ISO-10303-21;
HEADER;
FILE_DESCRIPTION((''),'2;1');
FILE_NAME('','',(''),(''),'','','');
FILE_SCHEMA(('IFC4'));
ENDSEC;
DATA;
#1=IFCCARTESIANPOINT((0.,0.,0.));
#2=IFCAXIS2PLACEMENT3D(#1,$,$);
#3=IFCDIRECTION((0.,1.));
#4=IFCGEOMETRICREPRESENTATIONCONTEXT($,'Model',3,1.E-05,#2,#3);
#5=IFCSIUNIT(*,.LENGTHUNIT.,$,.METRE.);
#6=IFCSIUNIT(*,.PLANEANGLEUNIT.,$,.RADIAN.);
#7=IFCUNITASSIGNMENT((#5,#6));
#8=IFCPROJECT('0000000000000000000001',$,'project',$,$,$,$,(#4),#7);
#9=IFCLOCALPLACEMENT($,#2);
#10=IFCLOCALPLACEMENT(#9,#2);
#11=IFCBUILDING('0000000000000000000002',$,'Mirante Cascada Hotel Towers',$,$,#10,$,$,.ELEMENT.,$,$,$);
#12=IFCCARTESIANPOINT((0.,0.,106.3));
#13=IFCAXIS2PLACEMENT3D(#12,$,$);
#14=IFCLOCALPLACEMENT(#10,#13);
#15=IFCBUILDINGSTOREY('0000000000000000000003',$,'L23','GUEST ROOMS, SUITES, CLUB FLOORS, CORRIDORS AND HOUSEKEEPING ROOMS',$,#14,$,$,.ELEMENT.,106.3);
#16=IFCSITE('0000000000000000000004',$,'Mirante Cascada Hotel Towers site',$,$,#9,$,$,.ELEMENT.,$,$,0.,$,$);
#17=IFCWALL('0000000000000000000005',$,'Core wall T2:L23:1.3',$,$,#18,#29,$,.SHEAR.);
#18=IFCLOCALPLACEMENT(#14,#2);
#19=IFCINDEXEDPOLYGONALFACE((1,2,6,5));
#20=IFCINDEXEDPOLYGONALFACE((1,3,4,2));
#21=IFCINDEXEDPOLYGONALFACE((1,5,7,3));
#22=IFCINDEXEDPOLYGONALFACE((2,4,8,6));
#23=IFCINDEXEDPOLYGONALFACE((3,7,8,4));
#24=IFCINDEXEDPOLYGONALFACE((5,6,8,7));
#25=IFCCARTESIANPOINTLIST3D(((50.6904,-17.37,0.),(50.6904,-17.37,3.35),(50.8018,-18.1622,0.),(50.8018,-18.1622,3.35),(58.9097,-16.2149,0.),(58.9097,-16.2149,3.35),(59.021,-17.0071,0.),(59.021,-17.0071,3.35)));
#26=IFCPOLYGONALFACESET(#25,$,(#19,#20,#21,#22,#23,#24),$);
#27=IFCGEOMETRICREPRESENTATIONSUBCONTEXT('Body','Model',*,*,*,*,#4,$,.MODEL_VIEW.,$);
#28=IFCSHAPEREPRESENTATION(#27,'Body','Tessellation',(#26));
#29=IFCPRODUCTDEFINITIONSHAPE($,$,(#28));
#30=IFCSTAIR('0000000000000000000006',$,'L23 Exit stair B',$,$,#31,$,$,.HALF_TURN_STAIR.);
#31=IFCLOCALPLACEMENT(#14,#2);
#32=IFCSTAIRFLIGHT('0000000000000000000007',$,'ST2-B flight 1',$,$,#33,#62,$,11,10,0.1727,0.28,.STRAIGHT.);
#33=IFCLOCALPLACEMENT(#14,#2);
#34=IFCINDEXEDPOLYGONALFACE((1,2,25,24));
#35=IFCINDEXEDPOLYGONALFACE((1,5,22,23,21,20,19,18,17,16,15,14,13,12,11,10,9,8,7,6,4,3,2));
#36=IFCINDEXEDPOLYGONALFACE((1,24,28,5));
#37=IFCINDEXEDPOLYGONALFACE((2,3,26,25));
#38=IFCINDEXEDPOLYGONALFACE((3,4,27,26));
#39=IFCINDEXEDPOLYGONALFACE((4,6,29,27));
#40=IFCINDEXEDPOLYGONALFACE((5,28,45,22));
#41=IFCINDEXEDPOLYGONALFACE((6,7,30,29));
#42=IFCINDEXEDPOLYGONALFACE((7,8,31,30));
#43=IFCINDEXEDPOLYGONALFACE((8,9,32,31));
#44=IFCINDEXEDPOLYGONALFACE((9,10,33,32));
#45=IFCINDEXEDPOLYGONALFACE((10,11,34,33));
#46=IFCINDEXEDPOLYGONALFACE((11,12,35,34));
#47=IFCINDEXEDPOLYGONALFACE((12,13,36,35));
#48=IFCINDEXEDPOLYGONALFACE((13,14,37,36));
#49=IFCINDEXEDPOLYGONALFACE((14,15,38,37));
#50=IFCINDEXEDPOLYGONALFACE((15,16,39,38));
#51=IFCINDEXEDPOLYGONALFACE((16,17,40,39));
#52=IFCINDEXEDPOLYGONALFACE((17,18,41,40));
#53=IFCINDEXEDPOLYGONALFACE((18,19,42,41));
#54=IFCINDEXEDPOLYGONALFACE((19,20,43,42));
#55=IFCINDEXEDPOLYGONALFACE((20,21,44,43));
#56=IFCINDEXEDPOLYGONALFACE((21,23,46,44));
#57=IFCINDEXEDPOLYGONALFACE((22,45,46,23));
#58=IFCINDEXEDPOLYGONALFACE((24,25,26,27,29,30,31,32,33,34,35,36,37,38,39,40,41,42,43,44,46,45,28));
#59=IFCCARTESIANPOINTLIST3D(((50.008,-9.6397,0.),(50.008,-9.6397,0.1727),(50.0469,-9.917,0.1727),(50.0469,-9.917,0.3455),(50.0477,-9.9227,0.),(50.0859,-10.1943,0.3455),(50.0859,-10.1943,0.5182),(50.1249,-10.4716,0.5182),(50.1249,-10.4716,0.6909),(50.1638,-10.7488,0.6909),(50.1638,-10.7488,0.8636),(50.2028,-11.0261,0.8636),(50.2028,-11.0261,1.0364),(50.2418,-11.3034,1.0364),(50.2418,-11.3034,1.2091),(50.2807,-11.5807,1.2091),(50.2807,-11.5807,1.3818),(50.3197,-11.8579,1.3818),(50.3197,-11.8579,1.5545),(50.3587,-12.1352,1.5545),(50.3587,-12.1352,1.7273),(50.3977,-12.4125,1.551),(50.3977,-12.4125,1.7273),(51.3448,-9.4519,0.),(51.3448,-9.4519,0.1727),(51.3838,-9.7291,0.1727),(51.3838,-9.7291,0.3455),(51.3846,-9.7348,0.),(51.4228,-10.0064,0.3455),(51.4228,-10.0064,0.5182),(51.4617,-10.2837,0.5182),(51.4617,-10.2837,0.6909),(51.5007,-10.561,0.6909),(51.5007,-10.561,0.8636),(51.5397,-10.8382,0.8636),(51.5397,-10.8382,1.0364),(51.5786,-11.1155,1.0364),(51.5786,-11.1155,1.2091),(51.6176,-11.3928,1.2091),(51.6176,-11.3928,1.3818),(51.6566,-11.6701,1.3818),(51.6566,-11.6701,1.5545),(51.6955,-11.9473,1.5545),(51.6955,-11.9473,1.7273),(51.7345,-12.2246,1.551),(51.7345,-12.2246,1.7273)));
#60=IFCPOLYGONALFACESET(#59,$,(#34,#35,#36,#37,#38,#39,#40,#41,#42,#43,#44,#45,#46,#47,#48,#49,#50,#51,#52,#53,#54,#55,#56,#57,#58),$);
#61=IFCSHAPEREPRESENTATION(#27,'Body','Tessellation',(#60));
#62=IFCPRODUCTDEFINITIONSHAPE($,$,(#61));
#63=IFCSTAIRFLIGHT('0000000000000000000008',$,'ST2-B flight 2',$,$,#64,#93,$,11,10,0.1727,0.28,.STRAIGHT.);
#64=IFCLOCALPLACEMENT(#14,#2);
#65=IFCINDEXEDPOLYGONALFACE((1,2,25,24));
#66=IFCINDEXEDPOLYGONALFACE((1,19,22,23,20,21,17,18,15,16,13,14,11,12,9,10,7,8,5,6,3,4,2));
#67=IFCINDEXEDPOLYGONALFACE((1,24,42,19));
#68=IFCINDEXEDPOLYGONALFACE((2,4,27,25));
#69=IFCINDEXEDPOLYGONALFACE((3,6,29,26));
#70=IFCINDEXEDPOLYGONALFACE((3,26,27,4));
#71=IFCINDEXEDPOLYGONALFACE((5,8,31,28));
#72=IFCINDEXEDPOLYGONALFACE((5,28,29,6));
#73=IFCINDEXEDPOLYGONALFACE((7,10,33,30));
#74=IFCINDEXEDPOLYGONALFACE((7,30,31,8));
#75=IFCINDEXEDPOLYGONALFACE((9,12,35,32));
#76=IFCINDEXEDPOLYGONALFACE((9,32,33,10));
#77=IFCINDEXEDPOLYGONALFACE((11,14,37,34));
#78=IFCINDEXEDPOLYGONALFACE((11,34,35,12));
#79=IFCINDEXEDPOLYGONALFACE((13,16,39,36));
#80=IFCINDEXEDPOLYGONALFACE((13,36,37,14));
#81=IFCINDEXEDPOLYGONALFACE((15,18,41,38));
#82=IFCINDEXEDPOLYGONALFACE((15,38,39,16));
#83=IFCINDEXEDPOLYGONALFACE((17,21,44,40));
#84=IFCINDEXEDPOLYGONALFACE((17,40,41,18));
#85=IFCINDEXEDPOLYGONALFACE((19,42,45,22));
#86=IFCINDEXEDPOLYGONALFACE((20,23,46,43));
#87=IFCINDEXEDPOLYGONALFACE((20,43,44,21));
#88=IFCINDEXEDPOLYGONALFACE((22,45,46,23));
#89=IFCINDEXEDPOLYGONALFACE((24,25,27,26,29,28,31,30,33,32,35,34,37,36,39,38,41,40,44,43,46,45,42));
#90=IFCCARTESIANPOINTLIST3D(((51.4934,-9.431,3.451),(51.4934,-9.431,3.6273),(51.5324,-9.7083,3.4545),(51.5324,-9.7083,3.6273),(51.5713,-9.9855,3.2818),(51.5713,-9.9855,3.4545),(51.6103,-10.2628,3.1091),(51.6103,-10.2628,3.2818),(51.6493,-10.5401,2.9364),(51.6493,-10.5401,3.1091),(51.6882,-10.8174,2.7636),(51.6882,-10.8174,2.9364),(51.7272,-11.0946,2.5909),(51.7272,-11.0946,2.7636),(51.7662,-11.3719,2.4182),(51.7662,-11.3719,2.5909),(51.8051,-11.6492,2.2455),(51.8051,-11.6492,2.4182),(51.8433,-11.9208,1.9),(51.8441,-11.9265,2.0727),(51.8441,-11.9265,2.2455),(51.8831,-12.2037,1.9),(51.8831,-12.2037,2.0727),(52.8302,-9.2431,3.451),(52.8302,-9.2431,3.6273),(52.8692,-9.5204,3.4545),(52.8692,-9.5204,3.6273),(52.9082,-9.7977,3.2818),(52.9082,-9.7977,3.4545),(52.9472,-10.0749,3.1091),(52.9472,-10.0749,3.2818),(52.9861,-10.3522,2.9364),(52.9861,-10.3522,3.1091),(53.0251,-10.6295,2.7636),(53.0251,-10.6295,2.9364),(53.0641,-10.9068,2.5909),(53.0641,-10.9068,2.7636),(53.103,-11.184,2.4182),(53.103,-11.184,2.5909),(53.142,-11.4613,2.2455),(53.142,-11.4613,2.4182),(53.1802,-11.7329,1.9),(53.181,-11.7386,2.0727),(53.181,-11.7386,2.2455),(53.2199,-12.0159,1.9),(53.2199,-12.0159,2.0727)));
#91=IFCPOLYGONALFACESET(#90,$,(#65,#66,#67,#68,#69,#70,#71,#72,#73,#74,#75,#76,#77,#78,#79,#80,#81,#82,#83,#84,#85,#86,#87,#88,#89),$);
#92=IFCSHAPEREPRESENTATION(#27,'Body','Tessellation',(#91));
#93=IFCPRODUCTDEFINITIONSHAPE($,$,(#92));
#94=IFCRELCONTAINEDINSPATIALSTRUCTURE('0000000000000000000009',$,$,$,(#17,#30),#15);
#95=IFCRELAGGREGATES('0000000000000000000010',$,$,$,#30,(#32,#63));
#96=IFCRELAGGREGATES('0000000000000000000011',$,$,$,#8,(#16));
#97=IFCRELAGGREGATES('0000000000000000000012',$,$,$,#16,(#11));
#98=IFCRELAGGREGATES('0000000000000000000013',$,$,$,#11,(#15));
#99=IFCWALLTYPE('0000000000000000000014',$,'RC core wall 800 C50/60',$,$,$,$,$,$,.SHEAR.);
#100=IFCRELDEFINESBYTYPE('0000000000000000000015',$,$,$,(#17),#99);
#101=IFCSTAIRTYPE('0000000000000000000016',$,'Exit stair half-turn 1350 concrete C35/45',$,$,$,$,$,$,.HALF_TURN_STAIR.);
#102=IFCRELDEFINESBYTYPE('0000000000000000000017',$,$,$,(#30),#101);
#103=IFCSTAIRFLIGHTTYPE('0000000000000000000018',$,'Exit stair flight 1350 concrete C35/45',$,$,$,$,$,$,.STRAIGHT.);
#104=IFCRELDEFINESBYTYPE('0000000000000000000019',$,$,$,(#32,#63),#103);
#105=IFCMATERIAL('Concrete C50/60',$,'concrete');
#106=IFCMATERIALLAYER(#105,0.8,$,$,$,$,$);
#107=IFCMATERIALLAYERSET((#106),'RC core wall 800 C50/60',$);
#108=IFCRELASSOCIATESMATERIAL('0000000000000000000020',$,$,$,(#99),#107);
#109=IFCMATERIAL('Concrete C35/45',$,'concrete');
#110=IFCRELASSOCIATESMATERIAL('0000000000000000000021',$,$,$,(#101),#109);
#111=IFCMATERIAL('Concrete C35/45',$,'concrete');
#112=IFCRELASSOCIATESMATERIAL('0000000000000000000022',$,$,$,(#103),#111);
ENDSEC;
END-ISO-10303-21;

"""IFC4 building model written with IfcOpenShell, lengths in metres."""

from ifc_helpers import new_model, si_unit, direction, frame, frame_2d, origin, place, context, subcontext, project, spatial, polyline, rectangle, outline, extrude, material, layer, layer_set, type_object, element, aggregate, save


model = new_model("IFC4")

# Units and contexts
model_context = context("Model", 3, precision=1e-05, world=origin(), true_north=direction((0.0, 1.0)))
body_context = subcontext(model_context, "Body", "Model", "MODEL_VIEW")
ifc_project = project(units=[si_unit("LENGTHUNIT", "METRE"), si_unit("PLANEANGLEUNIT", "RADIAN")], contexts=[model_context])

# Site, building, storey
site_placement = place(None, origin())
site = spatial("IfcSite", under=ifc_project, at=site_placement, Name="Mirante Cascada Hotel Towers site", CompositionType="ELEMENT", RefElevation=0.0)
building_placement = place(site_placement, origin())
building = spatial("IfcBuilding", under=site, at=building_placement, Name="Mirante Cascada Hotel Towers", CompositionType="ELEMENT")
storey_placement = place(building_placement, frame((0.0, 0.0, 106.3)))
storey = spatial("IfcBuildingStorey", under=building, at=storey_placement, Name="L23", Description="GUEST ROOMS, SUITES, CLUB FLOORS, CORRIDORS AND HOUSEKEEPING ROOMS", CompositionType="ELEMENT", Elevation=106.3)

# Wall
ifc_material_1 = material(Name="Concrete C50/60", Category="concrete")
ifc_layer_1 = layer(ifc_material_1, 0.8)
ifc_layer_set_1 = layer_set([ifc_layer_1], Name="RC core wall 800 C50/60")
wall_type_1 = type_object("IfcWallType", Name="RC core wall 800 C50/60", PredefinedType="SHEAR", material=ifc_layer_set_1)
wall_1_placement = place(storey_placement, frame((50.7461, -17.7661, 0.0), z_axis=(0.0, 0.0, 1.0), x_axis=(0.990269, 0.139169, 0.0)))
element("IfcWall", 1, at=wall_1_placement, inside=storey, type_object=wall_type_1, Name="Core wall T2:L23:1.3", PredefinedType="SHEAR", context=body_context, shape_type="SweptSolid", body=[
    extrude(rectangle(XDim=8.3, YDim=0.8, at=frame_2d((4.15, 0.0))), origin(), (0.0, 0.0, 1.0), 3.35),
])

# Stair, stair flights
ifc_material_2 = material(Name="Concrete C35/45", Category="concrete")
stair_type = type_object("IfcStairType", Name="Exit stair half-turn 1350 concrete C35/45", PredefinedType="HALF_TURN_STAIR", material=ifc_material_2)
stair_placement = place(storey_placement, origin())
stair = element("IfcStair", 2, at=stair_placement, inside=storey, type_object=stair_type, Name="L23 Exit stair B", PredefinedType="HALF_TURN_STAIR")
ifc_material_3 = material(Name="Concrete C35/45", Category="concrete")
stair_flight_type = type_object("IfcStairFlightType", Name="Exit stair flight 1350 concrete C35/45", PredefinedType="STRAIGHT", material=ifc_material_3)
stair_flight_1_placement = place(storey_placement, frame((50.6764, -9.5458, 0.0), z_axis=(0.0, 0.0, 1.0), x_axis=(0.139173, -0.990268, 0.0)))
stair_flight_1 = element("IfcStairFlight", 3, at=stair_flight_1_placement, type_object=stair_flight_type, Name="ST2-B flight 1", NumberOfRisers=11, NumberOfTreads=10, PredefinedType="STRAIGHT", RiserHeight=0.1727, TreadLength=0.28, context=body_context, shape_type="SweptSolid", body=[
    extrude(outline(polyline([(0.0, 0.0), (0.0, 0.1727), (0.28, 0.1727), (0.28, 0.3455), (0.56, 0.3455), (0.56, 0.5182), (0.84, 0.5182), (0.84, 0.6909), (1.12, 0.6909), (1.12, 0.8636), (1.4, 0.8636), (1.4, 1.0364), (1.68, 1.0364), (1.68, 1.2091), (1.96, 1.2091), (1.96, 1.3818), (2.24, 1.3818), (2.24, 1.5545), (2.52, 1.5545), (2.52, 1.7273), (2.8, 1.7273), (2.8, 1.9), (2.8, 1.551), (0.2857, 0.0), (0.0, 0.0)])), frame((0.0, 0.675, 0.0), z_axis=(0.0, -1.0, 0.0), x_axis=(1.0, 0.0, 0.0)), (0.0, 0.0, 1.0), 1.35),
])
stair_flight_2_placement = place(storey_placement, frame((52.5515, -12.1098, 1.9), z_axis=(0.0, 0.0, 1.0), x_axis=(-0.139173, 0.990268, 0.0)))
stair_flight_2 = element("IfcStairFlight", 4, at=stair_flight_2_placement, type_object=stair_flight_type, Name="ST2-B flight 2", NumberOfRisers=11, NumberOfTreads=10, PredefinedType="STRAIGHT", RiserHeight=0.1727, TreadLength=0.28, context=body_context, shape_type="SweptSolid", body=[
    extrude(outline(polyline([(0.0, 0.0), (0.0, 0.1727), (0.28, 0.1727), (0.28, 0.3455), (0.56, 0.3455), (0.56, 0.5182), (0.84, 0.5182), (0.84, 0.6909), (1.12, 0.6909), (1.12, 0.8636), (1.4, 0.8636), (1.4, 1.0364), (1.68, 1.0364), (1.68, 1.2091), (1.96, 1.2091), (1.96, 1.3818), (2.24, 1.3818), (2.24, 1.5545), (2.52, 1.5545), (2.52, 1.7273), (2.8, 1.7273), (2.8, 1.9), (2.8, 1.551), (0.2857, 0.0), (0.0, 0.0)])), frame((0.0, 0.675, 0.0), z_axis=(0.0, -1.0, 0.0), x_axis=(1.0, 0.0, 0.0)), (0.0, 0.0, 1.0), 1.35),
])
aggregate(stair, [stair_flight_1, stair_flight_2])

save(model, "model.ifc")
